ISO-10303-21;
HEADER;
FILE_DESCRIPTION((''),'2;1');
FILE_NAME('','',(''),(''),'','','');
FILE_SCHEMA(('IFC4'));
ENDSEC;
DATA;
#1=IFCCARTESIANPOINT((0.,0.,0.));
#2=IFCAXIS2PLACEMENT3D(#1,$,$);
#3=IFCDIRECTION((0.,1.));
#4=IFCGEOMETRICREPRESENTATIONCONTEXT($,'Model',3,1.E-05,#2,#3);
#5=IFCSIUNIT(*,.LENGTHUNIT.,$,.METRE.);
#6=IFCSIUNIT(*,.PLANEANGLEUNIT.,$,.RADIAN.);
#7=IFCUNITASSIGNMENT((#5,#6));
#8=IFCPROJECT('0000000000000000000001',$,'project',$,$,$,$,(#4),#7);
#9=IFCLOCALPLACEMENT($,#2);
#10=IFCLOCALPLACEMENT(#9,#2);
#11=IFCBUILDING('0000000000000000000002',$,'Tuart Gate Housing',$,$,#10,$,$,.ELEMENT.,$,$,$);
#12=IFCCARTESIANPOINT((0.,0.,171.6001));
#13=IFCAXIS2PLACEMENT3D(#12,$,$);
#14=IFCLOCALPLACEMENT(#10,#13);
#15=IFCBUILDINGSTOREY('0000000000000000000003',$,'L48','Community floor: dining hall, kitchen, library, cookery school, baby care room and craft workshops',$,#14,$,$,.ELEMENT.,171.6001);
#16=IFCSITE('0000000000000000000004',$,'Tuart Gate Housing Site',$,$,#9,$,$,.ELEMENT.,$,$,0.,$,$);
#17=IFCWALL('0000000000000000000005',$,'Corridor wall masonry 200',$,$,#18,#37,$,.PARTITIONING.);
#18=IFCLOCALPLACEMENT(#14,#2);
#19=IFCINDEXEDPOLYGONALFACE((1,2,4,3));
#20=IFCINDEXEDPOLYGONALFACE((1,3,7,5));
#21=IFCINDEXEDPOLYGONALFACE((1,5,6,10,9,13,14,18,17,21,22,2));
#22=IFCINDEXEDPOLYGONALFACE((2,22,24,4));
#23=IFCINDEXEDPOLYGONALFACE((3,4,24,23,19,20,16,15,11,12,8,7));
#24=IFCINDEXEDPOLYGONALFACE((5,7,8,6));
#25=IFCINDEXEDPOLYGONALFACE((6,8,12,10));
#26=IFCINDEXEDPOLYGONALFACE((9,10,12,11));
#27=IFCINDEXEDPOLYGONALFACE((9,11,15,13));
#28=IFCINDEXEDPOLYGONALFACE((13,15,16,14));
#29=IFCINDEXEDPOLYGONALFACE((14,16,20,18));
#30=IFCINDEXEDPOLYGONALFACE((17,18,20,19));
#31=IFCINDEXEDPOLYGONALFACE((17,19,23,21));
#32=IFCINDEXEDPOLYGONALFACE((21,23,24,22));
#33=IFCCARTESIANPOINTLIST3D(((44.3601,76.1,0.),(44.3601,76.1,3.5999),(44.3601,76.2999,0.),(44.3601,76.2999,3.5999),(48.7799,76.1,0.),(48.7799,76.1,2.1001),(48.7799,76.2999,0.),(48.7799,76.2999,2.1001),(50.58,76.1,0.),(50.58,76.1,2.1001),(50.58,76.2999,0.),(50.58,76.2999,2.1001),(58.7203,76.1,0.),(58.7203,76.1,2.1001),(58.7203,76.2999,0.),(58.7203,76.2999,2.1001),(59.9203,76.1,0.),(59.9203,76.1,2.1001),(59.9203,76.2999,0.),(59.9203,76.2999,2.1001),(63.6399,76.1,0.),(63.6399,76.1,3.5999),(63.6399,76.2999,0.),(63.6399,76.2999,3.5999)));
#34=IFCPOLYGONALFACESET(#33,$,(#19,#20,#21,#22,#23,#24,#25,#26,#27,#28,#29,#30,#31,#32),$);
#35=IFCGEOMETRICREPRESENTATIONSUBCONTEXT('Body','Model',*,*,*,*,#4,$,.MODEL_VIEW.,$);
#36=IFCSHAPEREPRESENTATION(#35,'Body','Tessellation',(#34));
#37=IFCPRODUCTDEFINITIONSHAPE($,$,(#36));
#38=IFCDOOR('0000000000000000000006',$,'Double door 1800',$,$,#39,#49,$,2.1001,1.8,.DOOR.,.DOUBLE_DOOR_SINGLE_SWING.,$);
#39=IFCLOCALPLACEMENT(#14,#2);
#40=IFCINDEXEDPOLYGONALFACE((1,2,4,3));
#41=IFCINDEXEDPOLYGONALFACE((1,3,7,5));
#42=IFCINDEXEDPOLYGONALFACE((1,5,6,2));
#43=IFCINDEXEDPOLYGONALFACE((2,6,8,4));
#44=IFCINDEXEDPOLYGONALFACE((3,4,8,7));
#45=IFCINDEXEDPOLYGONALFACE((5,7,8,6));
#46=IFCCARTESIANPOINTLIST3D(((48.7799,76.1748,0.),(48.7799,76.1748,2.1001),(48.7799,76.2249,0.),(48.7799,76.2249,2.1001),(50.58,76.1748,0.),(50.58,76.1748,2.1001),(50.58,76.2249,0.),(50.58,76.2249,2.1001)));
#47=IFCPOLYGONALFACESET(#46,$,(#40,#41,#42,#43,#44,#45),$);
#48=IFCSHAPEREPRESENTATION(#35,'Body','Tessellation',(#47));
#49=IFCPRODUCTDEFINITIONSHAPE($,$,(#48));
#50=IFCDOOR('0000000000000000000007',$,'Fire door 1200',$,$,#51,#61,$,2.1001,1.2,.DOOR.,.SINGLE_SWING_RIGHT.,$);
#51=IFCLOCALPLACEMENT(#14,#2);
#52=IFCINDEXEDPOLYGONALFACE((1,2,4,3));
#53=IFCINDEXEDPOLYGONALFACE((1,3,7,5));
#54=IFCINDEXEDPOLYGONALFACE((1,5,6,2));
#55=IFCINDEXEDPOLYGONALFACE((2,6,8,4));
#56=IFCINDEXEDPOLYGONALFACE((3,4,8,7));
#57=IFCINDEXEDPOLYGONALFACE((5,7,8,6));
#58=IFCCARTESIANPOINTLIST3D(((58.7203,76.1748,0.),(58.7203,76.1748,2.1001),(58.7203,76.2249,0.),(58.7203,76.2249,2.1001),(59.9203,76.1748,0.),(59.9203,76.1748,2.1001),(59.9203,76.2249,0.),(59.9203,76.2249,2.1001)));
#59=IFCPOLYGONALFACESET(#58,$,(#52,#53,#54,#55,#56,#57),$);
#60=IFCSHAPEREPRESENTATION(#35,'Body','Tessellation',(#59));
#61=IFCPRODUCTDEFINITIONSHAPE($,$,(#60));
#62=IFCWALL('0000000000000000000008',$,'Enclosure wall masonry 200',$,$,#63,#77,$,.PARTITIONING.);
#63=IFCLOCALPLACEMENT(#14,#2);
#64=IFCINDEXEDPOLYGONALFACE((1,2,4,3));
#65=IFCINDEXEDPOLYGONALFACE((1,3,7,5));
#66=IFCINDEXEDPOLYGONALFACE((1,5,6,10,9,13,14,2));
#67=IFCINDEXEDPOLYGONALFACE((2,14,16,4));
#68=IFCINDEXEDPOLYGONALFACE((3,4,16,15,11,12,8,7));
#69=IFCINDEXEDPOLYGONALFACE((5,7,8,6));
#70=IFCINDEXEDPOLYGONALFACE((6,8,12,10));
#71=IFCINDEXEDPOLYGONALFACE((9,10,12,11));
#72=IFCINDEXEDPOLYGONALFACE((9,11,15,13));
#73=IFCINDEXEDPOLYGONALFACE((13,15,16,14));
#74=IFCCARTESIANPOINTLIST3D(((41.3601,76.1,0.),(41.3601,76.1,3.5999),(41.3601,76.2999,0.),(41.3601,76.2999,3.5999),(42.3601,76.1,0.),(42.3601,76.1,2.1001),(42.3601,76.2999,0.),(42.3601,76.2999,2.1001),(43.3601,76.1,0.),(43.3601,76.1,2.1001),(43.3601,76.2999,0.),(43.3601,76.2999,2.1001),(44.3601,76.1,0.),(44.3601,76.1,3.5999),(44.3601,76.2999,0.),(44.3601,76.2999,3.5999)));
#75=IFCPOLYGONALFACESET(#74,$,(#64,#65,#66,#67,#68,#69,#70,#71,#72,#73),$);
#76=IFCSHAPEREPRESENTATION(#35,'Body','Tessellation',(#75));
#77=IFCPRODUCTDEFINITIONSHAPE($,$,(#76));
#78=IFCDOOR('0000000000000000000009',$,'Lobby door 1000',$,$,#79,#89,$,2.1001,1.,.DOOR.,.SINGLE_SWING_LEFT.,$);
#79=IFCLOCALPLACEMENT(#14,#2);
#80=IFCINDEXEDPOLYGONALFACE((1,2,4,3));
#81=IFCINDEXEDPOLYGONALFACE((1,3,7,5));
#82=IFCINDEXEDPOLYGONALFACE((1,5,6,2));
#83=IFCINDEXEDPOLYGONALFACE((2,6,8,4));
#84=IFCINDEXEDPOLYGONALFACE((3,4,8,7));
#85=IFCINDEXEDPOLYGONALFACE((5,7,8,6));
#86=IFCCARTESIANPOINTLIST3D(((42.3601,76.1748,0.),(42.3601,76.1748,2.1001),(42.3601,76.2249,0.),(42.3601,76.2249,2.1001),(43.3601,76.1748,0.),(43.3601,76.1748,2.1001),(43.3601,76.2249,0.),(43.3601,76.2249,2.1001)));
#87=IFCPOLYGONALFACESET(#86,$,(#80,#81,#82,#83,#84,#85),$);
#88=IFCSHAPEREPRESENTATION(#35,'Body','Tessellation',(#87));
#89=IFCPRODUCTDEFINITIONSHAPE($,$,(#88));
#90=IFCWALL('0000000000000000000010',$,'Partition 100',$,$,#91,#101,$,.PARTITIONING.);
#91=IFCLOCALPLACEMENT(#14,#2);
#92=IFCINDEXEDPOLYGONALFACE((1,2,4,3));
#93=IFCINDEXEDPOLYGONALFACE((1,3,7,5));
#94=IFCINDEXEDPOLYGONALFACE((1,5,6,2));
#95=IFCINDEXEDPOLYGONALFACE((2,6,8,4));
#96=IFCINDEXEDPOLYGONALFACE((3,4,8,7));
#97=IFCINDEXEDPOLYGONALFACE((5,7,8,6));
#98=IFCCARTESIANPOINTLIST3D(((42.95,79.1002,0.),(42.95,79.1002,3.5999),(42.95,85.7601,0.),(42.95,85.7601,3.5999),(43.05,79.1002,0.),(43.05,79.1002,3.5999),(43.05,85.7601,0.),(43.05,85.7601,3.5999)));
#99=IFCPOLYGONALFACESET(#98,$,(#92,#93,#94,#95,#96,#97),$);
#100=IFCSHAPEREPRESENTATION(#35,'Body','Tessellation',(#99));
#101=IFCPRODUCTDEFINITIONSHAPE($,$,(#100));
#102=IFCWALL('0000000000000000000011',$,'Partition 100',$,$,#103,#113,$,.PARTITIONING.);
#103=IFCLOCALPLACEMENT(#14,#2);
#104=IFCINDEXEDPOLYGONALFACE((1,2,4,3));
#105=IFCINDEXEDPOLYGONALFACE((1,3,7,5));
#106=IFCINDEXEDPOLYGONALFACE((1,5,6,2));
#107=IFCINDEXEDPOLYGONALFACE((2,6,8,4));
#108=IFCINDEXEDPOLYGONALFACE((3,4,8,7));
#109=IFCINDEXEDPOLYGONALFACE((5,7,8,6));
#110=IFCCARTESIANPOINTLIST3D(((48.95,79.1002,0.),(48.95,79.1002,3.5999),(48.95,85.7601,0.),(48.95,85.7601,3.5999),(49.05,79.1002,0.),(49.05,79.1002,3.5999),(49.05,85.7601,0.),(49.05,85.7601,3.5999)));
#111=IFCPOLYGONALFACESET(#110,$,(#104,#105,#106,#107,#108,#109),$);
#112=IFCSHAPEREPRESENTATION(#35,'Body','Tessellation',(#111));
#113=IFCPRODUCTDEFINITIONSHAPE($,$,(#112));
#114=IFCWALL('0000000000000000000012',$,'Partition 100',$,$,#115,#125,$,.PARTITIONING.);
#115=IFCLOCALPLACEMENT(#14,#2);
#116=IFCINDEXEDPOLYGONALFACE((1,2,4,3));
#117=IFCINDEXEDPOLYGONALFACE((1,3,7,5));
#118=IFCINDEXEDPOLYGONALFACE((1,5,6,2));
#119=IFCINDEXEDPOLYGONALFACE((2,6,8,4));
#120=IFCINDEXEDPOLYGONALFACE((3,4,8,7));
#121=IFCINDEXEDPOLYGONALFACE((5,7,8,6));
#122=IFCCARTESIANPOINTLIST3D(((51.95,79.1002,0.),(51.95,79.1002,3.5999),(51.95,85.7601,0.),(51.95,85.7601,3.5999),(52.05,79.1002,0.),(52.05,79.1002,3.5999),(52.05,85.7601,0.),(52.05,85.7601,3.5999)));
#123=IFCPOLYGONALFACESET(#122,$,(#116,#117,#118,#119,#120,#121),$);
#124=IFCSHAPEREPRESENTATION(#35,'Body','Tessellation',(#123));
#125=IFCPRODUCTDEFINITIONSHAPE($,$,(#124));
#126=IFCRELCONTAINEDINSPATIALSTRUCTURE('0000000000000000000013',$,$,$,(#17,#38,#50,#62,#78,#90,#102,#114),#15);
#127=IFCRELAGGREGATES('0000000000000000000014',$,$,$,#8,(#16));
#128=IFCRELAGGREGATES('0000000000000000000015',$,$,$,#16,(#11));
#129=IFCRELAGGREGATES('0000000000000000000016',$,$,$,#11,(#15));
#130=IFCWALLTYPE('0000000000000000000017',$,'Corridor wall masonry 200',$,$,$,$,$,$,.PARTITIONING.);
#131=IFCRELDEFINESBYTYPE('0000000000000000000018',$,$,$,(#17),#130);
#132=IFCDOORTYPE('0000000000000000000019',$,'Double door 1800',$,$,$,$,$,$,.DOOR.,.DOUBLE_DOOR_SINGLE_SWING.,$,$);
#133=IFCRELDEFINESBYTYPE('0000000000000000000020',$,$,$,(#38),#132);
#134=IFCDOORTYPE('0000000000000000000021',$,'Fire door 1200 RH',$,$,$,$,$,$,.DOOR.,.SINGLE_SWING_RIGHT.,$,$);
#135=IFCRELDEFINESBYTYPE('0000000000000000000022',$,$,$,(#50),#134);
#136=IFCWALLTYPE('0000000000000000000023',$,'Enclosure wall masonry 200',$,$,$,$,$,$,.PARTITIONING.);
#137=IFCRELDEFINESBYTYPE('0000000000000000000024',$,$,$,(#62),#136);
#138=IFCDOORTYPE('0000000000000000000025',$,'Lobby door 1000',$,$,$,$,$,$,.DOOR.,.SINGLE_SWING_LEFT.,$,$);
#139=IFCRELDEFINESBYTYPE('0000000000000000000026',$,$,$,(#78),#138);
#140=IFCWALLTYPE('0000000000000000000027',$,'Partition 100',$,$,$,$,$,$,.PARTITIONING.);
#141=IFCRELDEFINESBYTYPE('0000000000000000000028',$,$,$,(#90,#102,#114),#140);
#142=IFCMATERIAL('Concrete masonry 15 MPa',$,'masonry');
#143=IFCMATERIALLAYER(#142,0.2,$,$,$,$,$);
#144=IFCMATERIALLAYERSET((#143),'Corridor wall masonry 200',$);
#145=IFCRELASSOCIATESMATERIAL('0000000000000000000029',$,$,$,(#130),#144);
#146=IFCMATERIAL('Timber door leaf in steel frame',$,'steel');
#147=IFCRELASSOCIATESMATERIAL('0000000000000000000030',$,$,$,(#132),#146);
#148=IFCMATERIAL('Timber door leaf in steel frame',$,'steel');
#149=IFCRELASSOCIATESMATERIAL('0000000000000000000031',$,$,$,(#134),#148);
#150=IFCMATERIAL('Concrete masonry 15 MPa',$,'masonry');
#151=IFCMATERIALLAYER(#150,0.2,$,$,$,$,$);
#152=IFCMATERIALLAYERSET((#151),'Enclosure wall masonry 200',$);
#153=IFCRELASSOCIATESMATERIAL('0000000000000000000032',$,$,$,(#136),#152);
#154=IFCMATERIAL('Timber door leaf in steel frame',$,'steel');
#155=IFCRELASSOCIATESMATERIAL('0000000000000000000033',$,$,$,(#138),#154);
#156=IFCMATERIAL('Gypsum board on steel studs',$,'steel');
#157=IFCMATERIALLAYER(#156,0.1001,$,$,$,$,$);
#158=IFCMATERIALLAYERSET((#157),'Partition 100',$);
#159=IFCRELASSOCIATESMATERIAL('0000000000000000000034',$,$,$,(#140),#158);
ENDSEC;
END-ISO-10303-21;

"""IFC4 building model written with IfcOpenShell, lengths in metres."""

from ifc_helpers import new_model, si_unit, direction, frame, frame_2d, origin, place, context, subcontext, project, spatial, rectangle, extrude, material, layer, layer_set, type_object, element, fill, save


model = new_model("IFC4")

# Units and contexts
model_context = context("Model", 3, precision=1e-05, world=origin(), true_north=direction((0.0, 1.0)))
body_context = subcontext(model_context, "Body", "Model", "MODEL_VIEW")
ifc_project = project(units=[si_unit("LENGTHUNIT", "METRE"), si_unit("PLANEANGLEUNIT", "RADIAN")], contexts=[model_context])

# Site, building, storey
site_placement = place(None, origin())
site = spatial("IfcSite", under=ifc_project, at=site_placement, Name="Tuart Gate Housing Site", CompositionType="ELEMENT", RefElevation=0.0)
building_placement = place(site_placement, origin())
building = spatial("IfcBuilding", under=site, at=building_placement, Name="Tuart Gate Housing", CompositionType="ELEMENT")
storey_placement = place(building_placement, frame((0.0, 0.0, 171.6001)))
storey = spatial("IfcBuildingStorey", under=building, at=storey_placement, Name="L48", Description="Community floor: dining hall, kitchen, library, cookery school, baby care room and craft workshops", CompositionType="ELEMENT", Elevation=171.6001)

# Wall, openings, doors
ifc_material_1 = material(Name="Concrete masonry 15 MPa", Category="masonry")
ifc_layer_1 = layer(ifc_material_1, 0.2)
ifc_layer_set_1 = layer_set([ifc_layer_1], Name="Corridor wall masonry 200")
wall_type_1 = type_object("IfcWallType", Name="Corridor wall masonry 200", PredefinedType="PARTITIONING", material=ifc_layer_set_1)
wall_1_placement = place(storey_placement, frame((44.3601, 76.2, 0.0), z_axis=(0.0, 0.0, 1.0), x_axis=(1.0, 0.0, 0.0)))
wall_1 = element("IfcWall", 1, at=wall_1_placement, inside=storey, type_object=wall_type_1, Name="Corridor wall masonry 200", PredefinedType="PARTITIONING", context=body_context, shape_type="SweptSolid", body=[
    extrude(rectangle(XDim=19.2798, YDim=0.2, at=frame_2d((9.6399, 0.0))), origin(), (0.0, 0.0, 1.0), 3.5999),
])
opening_1_placement = place(wall_1_placement, frame((4.4199, 0.0, 0.0)))
opening_1 = element("IfcOpeningElement", 2, at=opening_1_placement, cuts=wall_1, PredefinedType="OPENING", context=body_context, shape_type="SweptSolid", body=[
    extrude(rectangle(XDim=1.8, YDim=2.1001, at=frame_2d((0.8999, 1.05))), frame((0.0, 0.1099, 0.0), z_axis=(0.0, -1.0, 0.0), x_axis=(1.0, 0.0, 0.0)), (0.0, 0.0, 1.0), 0.22),
])
opening_2_placement = place(wall_1_placement, frame((14.3601, 0.0, 0.0)))
opening_2 = element("IfcOpeningElement", 3, at=opening_2_placement, cuts=wall_1, PredefinedType="OPENING", context=body_context, shape_type="SweptSolid", body=[
    extrude(rectangle(XDim=1.2, YDim=2.1001, at=frame_2d((0.6001, 1.05))), frame((0.0, 0.1099, 0.0), z_axis=(0.0, -1.0, 0.0), x_axis=(1.0, 0.0, 0.0)), (0.0, 0.0, 1.0), 0.22),
])
ifc_material_2 = material(Name="Timber door leaf in steel frame", Category="steel")
door_type_1 = type_object("IfcDoorType", Name="Double door 1800", OperationType="DOUBLE_DOOR_SINGLE_SWING", PredefinedType="DOOR", material=ifc_material_2)
door_1_placement = place(opening_1_placement, origin())
door_1 = element("IfcDoor", 4, at=door_1_placement, inside=storey, type_object=door_type_1, Name="Double door 1800", OperationType="DOUBLE_DOOR_SINGLE_SWING", OverallHeight=2.1001, OverallWidth=1.8, PredefinedType="DOOR", context=body_context, shape_type="SweptSolid", body=[
    extrude(rectangle(XDim=1.8, YDim=2.1001, at=frame_2d((0.8999, 1.05))), frame((0.0, 0.0249, 0.0), z_axis=(0.0, -1.0, 0.0), x_axis=(1.0, 0.0, 0.0)), (0.0, 0.0, 1.0), 0.05),
])
fill(opening_1, door_1)
ifc_material_3 = material(Name="Timber door leaf in steel frame", Category="steel")
door_type_2 = type_object("IfcDoorType", Name="Fire door 1200 RH", OperationType="SINGLE_SWING_RIGHT", PredefinedType="DOOR", material=ifc_material_3)
door_2_placement = place(opening_2_placement, frame((1.2, 0.0, 0.0), z_axis=(0.0, 0.0, 1.0), x_axis=(-1.0, 0.0, 0.0)))
door_2 = element("IfcDoor", 5, at=door_2_placement, inside=storey, type_object=door_type_2, Name="Fire door 1200", OperationType="SINGLE_SWING_RIGHT", OverallHeight=2.1001, OverallWidth=1.2, PredefinedType="DOOR", context=body_context, shape_type="SweptSolid", body=[
    extrude(rectangle(XDim=1.2, YDim=2.1001, at=frame_2d((0.5999, 1.05))), frame((0.0, 0.0251, 0.0), z_axis=(0.0, -1.0, 0.0), x_axis=(1.0, 0.0, 0.0)), (0.0, 0.0, 1.0), 0.05),
])
fill(opening_2, door_2)

# Wall, opening, door
ifc_material_4 = material(Name="Concrete masonry 15 MPa", Category="masonry")
ifc_layer_2 = layer(ifc_material_4, 0.2)
ifc_layer_set_2 = layer_set([ifc_layer_2], Name="Enclosure wall masonry 200")
wall_type_2 = type_object("IfcWallType", Name="Enclosure wall masonry 200", PredefinedType="PARTITIONING", material=ifc_layer_set_2)
wall_2_placement = place(storey_placement, frame((41.3601, 76.2, 0.0), z_axis=(0.0, 0.0, 1.0), x_axis=(1.0, 0.0, 0.0)))
wall_2 = element("IfcWall", 6, at=wall_2_placement, inside=storey, type_object=wall_type_2, Name="Enclosure wall masonry 200", PredefinedType="PARTITIONING", context=body_context, shape_type="SweptSolid", body=[
    extrude(rectangle(XDim=3.0, YDim=0.2, at=frame_2d((1.5, 0.0))), origin(), (0.0, 0.0, 1.0), 3.5999),
])
opening_3_placement = place(wall_2_placement, frame((1.0, 0.0, 0.0)))
opening_3 = element("IfcOpeningElement", 7, at=opening_3_placement, cuts=wall_2, PredefinedType="OPENING", context=body_context, shape_type="SweptSolid", body=[
    extrude(rectangle(XDim=1.0, YDim=2.1001, at=frame_2d((0.5, 1.05))), frame((0.0, 0.1099, 0.0), z_axis=(0.0, -1.0, 0.0), x_axis=(1.0, 0.0, 0.0)), (0.0, 0.0, 1.0), 0.22),
])
ifc_material_5 = material(Name="Timber door leaf in steel frame", Category="steel")
door_type_3 = type_object("IfcDoorType", Name="Lobby door 1000", OperationType="SINGLE_SWING_LEFT", PredefinedType="DOOR", material=ifc_material_5)
door_3_placement = place(opening_3_placement, frame((1.0, 0.0, 0.0), z_axis=(0.0, 0.0, 1.0), x_axis=(-1.0, 0.0, 0.0)))
door_3 = element("IfcDoor", 8, at=door_3_placement, inside=storey, type_object=door_type_3, Name="Lobby door 1000", OperationType="SINGLE_SWING_LEFT", OverallHeight=2.1001, OverallWidth=1.0, PredefinedType="DOOR", context=body_context, shape_type="SweptSolid", body=[
    extrude(rectangle(XDim=1.0, YDim=2.1001, at=frame_2d((0.5, 1.05))), frame((0.0, 0.0251, 0.0), z_axis=(0.0, -1.0, 0.0), x_axis=(1.0, 0.0, 0.0)), (0.0, 0.0, 1.0), 0.05),
])
fill(opening_3, door_3)

# Walls
ifc_material_6 = material(Name="Gypsum board on steel studs", Category="steel")
ifc_layer_3 = layer(ifc_material_6, 0.1001)
ifc_layer_set_3 = layer_set([ifc_layer_3], Name="Partition 100")
wall_type_3 = type_object("IfcWallType", Name="Partition 100", PredefinedType="PARTITIONING", material=ifc_layer_set_3)
for number, where, z_axis, x_axis, name in (
    (9, (43.0, 79.1001, 0.0), (0.0, 0.0, 1.0), (0.0, 1.0, 0.0), "Partition 100"),
    (10, (49.0, 79.1001, 0.0), (0.0, 0.0, 1.0), (0.0, 1.0, 0.0), "Partition 100"),
    (11, (52.0, 79.1001, 0.0), (0.0, 0.0, 1.0), (0.0, 1.0, 0.0), "Partition 100"),
):
    element("IfcWall", number, at=place(storey_placement, frame(where, z_axis=z_axis, x_axis=x_axis)), inside=storey, type_object=wall_type_3, Name=name, PredefinedType="PARTITIONING", context=body_context, shape_type="SweptSolid", body=[
        extrude(rectangle(XDim=6.6599, YDim=0.1001, at=frame_2d((3.3301, 0.0))), origin(), (0.0, 0.0, 1.0), 3.5999),
    ])

save(model, "model.ifc")
